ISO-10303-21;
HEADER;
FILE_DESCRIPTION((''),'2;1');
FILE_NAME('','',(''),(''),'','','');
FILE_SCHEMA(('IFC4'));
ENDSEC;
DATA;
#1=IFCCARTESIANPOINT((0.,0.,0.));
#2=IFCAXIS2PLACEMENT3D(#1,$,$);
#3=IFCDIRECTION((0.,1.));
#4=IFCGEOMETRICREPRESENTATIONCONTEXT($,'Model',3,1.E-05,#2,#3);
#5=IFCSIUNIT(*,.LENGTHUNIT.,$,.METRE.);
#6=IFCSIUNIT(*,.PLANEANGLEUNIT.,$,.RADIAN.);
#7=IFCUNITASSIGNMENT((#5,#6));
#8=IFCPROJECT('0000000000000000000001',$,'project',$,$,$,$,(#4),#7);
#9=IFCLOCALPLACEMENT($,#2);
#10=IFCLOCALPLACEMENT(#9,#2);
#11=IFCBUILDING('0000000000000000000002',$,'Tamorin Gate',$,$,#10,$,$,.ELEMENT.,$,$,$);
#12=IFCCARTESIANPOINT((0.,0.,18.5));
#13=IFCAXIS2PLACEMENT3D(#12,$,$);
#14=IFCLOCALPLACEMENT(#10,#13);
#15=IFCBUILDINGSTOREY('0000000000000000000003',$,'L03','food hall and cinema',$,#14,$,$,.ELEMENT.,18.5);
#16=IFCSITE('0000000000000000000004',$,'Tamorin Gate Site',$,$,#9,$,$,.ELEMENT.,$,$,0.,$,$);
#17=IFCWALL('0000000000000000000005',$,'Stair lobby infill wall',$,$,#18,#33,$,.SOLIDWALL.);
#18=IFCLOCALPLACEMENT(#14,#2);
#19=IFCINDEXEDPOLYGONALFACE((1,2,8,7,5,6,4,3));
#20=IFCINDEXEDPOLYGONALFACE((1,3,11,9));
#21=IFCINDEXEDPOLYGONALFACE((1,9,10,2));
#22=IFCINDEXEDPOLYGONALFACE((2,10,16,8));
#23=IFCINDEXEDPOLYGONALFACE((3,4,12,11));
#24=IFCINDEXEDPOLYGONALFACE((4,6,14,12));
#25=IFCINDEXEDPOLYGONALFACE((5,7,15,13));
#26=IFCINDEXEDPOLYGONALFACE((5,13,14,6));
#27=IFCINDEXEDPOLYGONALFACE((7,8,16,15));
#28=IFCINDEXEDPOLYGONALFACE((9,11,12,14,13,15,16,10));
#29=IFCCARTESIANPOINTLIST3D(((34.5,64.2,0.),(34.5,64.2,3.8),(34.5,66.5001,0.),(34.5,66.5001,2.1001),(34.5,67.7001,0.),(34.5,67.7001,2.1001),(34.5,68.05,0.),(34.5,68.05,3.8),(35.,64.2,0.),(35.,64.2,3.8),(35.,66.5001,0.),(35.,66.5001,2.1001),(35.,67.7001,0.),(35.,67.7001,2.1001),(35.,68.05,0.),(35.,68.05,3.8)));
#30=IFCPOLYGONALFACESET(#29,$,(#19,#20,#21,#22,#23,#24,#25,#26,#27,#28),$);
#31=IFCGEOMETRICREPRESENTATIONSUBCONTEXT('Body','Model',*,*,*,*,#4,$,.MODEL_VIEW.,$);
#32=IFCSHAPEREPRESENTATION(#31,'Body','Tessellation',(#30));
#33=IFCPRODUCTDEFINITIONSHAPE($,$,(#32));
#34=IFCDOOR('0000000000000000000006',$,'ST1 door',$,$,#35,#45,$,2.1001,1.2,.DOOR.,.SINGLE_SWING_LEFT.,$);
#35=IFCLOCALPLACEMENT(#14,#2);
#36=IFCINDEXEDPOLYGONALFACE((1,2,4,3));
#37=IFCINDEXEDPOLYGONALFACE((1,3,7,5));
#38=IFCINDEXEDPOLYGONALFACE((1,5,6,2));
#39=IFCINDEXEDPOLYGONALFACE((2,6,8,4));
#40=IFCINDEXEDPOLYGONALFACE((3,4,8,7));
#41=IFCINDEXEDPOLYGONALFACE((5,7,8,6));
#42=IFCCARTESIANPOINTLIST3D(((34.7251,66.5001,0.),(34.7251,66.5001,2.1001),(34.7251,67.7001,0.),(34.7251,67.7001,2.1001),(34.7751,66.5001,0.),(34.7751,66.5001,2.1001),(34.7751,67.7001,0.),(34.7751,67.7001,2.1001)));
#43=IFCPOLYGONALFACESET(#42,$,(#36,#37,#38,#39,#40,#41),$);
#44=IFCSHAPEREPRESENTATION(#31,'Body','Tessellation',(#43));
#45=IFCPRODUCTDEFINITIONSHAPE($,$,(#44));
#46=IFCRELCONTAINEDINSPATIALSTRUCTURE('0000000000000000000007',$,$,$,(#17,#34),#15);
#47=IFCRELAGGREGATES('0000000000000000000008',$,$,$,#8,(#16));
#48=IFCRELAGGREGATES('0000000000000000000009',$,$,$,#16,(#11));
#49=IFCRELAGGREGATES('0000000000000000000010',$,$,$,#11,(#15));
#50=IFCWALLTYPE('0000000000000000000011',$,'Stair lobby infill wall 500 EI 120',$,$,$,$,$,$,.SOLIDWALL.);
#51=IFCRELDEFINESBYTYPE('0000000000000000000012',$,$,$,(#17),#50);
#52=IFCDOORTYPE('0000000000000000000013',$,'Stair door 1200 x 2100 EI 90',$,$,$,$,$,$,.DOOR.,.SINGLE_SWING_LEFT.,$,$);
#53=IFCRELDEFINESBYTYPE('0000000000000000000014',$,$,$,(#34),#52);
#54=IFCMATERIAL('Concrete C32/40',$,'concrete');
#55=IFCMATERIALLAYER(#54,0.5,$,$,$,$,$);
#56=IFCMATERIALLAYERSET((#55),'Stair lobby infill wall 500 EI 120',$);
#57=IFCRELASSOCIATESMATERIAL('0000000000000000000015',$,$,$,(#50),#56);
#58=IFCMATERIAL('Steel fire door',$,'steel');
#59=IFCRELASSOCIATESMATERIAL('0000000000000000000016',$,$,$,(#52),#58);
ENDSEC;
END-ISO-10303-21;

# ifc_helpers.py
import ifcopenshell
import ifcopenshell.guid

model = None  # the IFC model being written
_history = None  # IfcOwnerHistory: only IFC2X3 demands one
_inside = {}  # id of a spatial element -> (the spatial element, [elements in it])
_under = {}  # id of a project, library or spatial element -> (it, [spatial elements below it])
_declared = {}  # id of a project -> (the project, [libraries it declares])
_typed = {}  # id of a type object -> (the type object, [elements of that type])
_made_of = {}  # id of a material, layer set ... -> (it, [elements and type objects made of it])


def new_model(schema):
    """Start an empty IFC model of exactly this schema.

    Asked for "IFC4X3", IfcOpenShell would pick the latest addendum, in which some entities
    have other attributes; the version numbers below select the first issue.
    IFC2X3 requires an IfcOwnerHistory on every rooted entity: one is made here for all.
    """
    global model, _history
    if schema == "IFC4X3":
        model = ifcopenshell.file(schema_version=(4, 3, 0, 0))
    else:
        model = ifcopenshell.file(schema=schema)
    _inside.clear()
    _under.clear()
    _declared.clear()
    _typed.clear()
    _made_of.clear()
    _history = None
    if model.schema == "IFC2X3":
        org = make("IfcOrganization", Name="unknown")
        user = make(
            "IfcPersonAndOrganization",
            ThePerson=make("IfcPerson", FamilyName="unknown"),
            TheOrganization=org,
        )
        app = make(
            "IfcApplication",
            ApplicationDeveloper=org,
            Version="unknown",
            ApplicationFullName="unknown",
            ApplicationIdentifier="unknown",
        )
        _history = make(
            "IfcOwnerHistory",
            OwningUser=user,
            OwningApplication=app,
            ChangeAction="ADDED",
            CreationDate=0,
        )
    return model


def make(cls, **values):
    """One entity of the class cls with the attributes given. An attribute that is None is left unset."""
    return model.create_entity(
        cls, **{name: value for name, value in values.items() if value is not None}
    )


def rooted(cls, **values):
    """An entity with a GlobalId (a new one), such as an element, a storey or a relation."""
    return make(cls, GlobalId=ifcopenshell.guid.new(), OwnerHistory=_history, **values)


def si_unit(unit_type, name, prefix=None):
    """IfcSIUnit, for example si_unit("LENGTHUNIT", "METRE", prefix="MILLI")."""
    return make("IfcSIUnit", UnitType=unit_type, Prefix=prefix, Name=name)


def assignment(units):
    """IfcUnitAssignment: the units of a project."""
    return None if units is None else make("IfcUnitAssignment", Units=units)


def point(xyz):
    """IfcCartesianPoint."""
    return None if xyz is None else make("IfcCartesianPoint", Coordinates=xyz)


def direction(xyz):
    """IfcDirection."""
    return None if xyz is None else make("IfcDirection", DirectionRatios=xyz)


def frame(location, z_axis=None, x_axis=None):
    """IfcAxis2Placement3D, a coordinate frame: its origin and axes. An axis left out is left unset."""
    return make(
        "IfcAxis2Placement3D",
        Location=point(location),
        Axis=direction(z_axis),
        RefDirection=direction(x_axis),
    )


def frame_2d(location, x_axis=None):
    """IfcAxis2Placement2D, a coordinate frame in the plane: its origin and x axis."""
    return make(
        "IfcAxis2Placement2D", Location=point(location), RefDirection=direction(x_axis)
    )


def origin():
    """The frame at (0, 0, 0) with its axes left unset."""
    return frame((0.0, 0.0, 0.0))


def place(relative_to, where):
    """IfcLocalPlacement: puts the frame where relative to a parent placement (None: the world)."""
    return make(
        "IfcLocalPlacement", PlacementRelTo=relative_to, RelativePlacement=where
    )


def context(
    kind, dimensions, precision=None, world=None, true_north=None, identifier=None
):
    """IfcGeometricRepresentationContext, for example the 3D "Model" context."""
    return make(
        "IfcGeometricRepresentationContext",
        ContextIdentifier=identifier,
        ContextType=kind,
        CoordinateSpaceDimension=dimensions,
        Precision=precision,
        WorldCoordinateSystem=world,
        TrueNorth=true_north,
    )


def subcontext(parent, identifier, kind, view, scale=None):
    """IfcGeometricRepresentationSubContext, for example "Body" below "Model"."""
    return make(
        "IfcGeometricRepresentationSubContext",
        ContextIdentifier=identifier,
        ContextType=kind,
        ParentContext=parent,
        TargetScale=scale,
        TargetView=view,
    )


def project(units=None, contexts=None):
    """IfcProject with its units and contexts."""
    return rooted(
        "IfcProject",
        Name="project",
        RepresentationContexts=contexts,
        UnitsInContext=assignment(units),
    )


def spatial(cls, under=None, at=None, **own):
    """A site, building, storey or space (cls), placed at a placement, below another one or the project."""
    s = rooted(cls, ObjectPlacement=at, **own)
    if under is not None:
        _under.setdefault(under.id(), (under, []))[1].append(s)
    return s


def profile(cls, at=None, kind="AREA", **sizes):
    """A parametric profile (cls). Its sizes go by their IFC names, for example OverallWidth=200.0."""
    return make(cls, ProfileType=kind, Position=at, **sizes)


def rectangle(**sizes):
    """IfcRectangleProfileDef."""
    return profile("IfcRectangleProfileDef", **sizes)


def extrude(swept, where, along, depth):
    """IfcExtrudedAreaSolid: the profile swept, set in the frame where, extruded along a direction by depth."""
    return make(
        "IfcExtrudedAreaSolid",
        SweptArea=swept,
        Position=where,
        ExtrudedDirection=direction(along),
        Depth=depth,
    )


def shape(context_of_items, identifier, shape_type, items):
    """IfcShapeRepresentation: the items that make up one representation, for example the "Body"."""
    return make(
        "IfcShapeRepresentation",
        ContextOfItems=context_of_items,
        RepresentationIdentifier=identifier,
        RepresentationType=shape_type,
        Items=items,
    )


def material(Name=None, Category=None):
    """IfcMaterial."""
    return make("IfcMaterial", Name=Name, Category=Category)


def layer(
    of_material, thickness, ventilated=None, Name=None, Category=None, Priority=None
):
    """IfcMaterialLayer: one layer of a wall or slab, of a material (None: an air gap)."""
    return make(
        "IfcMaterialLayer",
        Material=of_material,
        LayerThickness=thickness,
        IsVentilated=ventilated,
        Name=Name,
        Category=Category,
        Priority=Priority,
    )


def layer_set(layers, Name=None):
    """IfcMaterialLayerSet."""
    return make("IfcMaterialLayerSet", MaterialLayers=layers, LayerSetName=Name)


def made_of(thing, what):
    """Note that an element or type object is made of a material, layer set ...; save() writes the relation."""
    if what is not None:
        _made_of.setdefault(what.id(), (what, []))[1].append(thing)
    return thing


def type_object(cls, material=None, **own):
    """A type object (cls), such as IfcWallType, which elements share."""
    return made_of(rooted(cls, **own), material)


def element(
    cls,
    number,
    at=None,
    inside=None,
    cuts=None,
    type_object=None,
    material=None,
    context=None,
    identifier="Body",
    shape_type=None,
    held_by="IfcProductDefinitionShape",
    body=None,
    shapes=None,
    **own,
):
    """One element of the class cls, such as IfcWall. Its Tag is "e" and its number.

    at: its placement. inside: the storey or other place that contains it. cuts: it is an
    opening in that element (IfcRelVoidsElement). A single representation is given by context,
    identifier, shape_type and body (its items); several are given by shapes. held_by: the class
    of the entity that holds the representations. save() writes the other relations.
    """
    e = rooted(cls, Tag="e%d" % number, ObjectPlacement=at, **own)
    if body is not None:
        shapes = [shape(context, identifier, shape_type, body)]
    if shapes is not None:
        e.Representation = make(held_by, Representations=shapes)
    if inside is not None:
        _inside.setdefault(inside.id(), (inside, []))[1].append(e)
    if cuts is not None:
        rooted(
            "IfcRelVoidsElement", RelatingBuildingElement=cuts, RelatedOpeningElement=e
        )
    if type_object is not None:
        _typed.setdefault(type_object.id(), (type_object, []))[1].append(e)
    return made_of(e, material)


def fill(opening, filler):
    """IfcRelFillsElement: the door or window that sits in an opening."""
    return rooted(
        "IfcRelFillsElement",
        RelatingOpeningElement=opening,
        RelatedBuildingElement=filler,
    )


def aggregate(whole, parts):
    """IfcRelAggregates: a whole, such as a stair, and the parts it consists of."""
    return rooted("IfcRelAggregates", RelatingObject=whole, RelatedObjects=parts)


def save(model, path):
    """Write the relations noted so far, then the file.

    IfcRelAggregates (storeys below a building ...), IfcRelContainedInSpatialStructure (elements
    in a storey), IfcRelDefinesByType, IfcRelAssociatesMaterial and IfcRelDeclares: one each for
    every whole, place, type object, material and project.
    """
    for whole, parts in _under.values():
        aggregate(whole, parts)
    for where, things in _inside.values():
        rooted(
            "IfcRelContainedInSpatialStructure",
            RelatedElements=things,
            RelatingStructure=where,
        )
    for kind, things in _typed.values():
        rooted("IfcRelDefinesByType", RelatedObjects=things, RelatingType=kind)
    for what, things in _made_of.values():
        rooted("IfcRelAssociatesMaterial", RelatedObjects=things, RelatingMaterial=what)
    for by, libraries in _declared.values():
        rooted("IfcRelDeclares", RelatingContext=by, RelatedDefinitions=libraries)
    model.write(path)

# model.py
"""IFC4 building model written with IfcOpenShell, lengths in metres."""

from ifc_helpers import new_model, si_unit, direction, frame, frame_2d, origin, place, context, subcontext, project, spatial, rectangle, extrude, material, layer, layer_set, type_object, element, fill, save


model = new_model("IFC4")

# Units and contexts
model_context = context("Model", 3, precision=1e-05, world=origin(), true_north=direction((0.0, 1.0)))
body_context = subcontext(model_context, "Body", "Model", "MODEL_VIEW")
ifc_project = project(units=[si_unit("LENGTHUNIT", "METRE"), si_unit("PLANEANGLEUNIT", "RADIAN")], contexts=[model_context])

# Site, building, storey
site_placement = place(None, origin())
site = spatial("IfcSite", under=ifc_project, at=site_placement, Name="Tamorin Gate Site", CompositionType="ELEMENT", RefElevation=0.0)
building_placement = place(site_placement, origin())
building = spatial("IfcBuilding", under=site, at=building_placement, Name="Tamorin Gate", CompositionType="ELEMENT")
storey_placement = place(building_placement, frame((0.0, 0.0, 18.5)))
storey = spatial("IfcBuildingStorey", under=building, at=storey_placement, Name="L03", Description="food hall and cinema", CompositionType="ELEMENT", Elevation=18.5)

# Shared definitions
ifc_material_1 = material(Name="Concrete C32/40", Category="concrete")

# Wall, opening, door
ifc_layer_1 = layer(ifc_material_1, 0.5)
ifc_layer_set_1 = layer_set([ifc_layer_1], Name="Stair lobby infill wall 500 EI 120")
wall_type_1 = type_object("IfcWallType", Name="Stair lobby infill wall 500 EI 120", PredefinedType="SOLIDWALL", material=ifc_layer_set_1)
wall_1_placement = place(storey_placement, frame((34.75, 64.2, 0.0), z_axis=(0.0, 0.0, 1.0), x_axis=(0.0, 1.0, 0.0)))
wall_1 = element("IfcWall", 1, at=wall_1_placement, inside=storey, type_object=wall_type_1, Name="Stair lobby infill wall", PredefinedType="SOLIDWALL", context=body_context, shape_type="SweptSolid", body=[
    extrude(rectangle(XDim=3.8501, YDim=0.5, at=frame_2d((1.925, 0.0))), origin(), (0.0, 0.0, 1.0), 3.8),
])
opening_1_placement = place(wall_1_placement, frame((2.3, 0.0, 0.0)))
opening_1 = element("IfcOpeningElement", 2, at=opening_1_placement, cuts=wall_1, PredefinedType="OPENING", context=body_context, shape_type="SweptSolid", body=[
    extrude(rectangle(XDim=1.2, YDim=2.1001, at=frame_2d((0.6001, 1.05))), frame((0.0, 0.26, 0.0), z_axis=(0.0, -1.0, 0.0), x_axis=(1.0, 0.0, 0.0)), (0.0, 0.0, 1.0), 0.52),
])
ifc_material_2 = material(Name="Steel fire door", Category="steel")
door_type_1 = type_object("IfcDoorType", Name="Stair door 1200 x 2100 EI 90", OperationType="SINGLE_SWING_LEFT", PredefinedType="DOOR", material=ifc_material_2)
door_1_placement = place(opening_1_placement, origin())
door_1 = element("IfcDoor", 3, at=door_1_placement, inside=storey, type_object=door_type_1, Name="ST1 door", OperationType="SINGLE_SWING_LEFT", OverallHeight=2.1001, OverallWidth=1.2, PredefinedType="DOOR", context=body_context, shape_type="SweptSolid", body=[
    extrude(rectangle(XDim=1.2, YDim=2.1001, at=frame_2d((0.6001, 1.05))), frame((0.0, 0.0249, 0.0), z_axis=(0.0, -1.0, 0.0), x_axis=(1.0, 0.0, 0.0)), (0.0, 0.0, 1.0), 0.05),
])
fill(opening_1, door_1)

save(model, "model.ifc")
